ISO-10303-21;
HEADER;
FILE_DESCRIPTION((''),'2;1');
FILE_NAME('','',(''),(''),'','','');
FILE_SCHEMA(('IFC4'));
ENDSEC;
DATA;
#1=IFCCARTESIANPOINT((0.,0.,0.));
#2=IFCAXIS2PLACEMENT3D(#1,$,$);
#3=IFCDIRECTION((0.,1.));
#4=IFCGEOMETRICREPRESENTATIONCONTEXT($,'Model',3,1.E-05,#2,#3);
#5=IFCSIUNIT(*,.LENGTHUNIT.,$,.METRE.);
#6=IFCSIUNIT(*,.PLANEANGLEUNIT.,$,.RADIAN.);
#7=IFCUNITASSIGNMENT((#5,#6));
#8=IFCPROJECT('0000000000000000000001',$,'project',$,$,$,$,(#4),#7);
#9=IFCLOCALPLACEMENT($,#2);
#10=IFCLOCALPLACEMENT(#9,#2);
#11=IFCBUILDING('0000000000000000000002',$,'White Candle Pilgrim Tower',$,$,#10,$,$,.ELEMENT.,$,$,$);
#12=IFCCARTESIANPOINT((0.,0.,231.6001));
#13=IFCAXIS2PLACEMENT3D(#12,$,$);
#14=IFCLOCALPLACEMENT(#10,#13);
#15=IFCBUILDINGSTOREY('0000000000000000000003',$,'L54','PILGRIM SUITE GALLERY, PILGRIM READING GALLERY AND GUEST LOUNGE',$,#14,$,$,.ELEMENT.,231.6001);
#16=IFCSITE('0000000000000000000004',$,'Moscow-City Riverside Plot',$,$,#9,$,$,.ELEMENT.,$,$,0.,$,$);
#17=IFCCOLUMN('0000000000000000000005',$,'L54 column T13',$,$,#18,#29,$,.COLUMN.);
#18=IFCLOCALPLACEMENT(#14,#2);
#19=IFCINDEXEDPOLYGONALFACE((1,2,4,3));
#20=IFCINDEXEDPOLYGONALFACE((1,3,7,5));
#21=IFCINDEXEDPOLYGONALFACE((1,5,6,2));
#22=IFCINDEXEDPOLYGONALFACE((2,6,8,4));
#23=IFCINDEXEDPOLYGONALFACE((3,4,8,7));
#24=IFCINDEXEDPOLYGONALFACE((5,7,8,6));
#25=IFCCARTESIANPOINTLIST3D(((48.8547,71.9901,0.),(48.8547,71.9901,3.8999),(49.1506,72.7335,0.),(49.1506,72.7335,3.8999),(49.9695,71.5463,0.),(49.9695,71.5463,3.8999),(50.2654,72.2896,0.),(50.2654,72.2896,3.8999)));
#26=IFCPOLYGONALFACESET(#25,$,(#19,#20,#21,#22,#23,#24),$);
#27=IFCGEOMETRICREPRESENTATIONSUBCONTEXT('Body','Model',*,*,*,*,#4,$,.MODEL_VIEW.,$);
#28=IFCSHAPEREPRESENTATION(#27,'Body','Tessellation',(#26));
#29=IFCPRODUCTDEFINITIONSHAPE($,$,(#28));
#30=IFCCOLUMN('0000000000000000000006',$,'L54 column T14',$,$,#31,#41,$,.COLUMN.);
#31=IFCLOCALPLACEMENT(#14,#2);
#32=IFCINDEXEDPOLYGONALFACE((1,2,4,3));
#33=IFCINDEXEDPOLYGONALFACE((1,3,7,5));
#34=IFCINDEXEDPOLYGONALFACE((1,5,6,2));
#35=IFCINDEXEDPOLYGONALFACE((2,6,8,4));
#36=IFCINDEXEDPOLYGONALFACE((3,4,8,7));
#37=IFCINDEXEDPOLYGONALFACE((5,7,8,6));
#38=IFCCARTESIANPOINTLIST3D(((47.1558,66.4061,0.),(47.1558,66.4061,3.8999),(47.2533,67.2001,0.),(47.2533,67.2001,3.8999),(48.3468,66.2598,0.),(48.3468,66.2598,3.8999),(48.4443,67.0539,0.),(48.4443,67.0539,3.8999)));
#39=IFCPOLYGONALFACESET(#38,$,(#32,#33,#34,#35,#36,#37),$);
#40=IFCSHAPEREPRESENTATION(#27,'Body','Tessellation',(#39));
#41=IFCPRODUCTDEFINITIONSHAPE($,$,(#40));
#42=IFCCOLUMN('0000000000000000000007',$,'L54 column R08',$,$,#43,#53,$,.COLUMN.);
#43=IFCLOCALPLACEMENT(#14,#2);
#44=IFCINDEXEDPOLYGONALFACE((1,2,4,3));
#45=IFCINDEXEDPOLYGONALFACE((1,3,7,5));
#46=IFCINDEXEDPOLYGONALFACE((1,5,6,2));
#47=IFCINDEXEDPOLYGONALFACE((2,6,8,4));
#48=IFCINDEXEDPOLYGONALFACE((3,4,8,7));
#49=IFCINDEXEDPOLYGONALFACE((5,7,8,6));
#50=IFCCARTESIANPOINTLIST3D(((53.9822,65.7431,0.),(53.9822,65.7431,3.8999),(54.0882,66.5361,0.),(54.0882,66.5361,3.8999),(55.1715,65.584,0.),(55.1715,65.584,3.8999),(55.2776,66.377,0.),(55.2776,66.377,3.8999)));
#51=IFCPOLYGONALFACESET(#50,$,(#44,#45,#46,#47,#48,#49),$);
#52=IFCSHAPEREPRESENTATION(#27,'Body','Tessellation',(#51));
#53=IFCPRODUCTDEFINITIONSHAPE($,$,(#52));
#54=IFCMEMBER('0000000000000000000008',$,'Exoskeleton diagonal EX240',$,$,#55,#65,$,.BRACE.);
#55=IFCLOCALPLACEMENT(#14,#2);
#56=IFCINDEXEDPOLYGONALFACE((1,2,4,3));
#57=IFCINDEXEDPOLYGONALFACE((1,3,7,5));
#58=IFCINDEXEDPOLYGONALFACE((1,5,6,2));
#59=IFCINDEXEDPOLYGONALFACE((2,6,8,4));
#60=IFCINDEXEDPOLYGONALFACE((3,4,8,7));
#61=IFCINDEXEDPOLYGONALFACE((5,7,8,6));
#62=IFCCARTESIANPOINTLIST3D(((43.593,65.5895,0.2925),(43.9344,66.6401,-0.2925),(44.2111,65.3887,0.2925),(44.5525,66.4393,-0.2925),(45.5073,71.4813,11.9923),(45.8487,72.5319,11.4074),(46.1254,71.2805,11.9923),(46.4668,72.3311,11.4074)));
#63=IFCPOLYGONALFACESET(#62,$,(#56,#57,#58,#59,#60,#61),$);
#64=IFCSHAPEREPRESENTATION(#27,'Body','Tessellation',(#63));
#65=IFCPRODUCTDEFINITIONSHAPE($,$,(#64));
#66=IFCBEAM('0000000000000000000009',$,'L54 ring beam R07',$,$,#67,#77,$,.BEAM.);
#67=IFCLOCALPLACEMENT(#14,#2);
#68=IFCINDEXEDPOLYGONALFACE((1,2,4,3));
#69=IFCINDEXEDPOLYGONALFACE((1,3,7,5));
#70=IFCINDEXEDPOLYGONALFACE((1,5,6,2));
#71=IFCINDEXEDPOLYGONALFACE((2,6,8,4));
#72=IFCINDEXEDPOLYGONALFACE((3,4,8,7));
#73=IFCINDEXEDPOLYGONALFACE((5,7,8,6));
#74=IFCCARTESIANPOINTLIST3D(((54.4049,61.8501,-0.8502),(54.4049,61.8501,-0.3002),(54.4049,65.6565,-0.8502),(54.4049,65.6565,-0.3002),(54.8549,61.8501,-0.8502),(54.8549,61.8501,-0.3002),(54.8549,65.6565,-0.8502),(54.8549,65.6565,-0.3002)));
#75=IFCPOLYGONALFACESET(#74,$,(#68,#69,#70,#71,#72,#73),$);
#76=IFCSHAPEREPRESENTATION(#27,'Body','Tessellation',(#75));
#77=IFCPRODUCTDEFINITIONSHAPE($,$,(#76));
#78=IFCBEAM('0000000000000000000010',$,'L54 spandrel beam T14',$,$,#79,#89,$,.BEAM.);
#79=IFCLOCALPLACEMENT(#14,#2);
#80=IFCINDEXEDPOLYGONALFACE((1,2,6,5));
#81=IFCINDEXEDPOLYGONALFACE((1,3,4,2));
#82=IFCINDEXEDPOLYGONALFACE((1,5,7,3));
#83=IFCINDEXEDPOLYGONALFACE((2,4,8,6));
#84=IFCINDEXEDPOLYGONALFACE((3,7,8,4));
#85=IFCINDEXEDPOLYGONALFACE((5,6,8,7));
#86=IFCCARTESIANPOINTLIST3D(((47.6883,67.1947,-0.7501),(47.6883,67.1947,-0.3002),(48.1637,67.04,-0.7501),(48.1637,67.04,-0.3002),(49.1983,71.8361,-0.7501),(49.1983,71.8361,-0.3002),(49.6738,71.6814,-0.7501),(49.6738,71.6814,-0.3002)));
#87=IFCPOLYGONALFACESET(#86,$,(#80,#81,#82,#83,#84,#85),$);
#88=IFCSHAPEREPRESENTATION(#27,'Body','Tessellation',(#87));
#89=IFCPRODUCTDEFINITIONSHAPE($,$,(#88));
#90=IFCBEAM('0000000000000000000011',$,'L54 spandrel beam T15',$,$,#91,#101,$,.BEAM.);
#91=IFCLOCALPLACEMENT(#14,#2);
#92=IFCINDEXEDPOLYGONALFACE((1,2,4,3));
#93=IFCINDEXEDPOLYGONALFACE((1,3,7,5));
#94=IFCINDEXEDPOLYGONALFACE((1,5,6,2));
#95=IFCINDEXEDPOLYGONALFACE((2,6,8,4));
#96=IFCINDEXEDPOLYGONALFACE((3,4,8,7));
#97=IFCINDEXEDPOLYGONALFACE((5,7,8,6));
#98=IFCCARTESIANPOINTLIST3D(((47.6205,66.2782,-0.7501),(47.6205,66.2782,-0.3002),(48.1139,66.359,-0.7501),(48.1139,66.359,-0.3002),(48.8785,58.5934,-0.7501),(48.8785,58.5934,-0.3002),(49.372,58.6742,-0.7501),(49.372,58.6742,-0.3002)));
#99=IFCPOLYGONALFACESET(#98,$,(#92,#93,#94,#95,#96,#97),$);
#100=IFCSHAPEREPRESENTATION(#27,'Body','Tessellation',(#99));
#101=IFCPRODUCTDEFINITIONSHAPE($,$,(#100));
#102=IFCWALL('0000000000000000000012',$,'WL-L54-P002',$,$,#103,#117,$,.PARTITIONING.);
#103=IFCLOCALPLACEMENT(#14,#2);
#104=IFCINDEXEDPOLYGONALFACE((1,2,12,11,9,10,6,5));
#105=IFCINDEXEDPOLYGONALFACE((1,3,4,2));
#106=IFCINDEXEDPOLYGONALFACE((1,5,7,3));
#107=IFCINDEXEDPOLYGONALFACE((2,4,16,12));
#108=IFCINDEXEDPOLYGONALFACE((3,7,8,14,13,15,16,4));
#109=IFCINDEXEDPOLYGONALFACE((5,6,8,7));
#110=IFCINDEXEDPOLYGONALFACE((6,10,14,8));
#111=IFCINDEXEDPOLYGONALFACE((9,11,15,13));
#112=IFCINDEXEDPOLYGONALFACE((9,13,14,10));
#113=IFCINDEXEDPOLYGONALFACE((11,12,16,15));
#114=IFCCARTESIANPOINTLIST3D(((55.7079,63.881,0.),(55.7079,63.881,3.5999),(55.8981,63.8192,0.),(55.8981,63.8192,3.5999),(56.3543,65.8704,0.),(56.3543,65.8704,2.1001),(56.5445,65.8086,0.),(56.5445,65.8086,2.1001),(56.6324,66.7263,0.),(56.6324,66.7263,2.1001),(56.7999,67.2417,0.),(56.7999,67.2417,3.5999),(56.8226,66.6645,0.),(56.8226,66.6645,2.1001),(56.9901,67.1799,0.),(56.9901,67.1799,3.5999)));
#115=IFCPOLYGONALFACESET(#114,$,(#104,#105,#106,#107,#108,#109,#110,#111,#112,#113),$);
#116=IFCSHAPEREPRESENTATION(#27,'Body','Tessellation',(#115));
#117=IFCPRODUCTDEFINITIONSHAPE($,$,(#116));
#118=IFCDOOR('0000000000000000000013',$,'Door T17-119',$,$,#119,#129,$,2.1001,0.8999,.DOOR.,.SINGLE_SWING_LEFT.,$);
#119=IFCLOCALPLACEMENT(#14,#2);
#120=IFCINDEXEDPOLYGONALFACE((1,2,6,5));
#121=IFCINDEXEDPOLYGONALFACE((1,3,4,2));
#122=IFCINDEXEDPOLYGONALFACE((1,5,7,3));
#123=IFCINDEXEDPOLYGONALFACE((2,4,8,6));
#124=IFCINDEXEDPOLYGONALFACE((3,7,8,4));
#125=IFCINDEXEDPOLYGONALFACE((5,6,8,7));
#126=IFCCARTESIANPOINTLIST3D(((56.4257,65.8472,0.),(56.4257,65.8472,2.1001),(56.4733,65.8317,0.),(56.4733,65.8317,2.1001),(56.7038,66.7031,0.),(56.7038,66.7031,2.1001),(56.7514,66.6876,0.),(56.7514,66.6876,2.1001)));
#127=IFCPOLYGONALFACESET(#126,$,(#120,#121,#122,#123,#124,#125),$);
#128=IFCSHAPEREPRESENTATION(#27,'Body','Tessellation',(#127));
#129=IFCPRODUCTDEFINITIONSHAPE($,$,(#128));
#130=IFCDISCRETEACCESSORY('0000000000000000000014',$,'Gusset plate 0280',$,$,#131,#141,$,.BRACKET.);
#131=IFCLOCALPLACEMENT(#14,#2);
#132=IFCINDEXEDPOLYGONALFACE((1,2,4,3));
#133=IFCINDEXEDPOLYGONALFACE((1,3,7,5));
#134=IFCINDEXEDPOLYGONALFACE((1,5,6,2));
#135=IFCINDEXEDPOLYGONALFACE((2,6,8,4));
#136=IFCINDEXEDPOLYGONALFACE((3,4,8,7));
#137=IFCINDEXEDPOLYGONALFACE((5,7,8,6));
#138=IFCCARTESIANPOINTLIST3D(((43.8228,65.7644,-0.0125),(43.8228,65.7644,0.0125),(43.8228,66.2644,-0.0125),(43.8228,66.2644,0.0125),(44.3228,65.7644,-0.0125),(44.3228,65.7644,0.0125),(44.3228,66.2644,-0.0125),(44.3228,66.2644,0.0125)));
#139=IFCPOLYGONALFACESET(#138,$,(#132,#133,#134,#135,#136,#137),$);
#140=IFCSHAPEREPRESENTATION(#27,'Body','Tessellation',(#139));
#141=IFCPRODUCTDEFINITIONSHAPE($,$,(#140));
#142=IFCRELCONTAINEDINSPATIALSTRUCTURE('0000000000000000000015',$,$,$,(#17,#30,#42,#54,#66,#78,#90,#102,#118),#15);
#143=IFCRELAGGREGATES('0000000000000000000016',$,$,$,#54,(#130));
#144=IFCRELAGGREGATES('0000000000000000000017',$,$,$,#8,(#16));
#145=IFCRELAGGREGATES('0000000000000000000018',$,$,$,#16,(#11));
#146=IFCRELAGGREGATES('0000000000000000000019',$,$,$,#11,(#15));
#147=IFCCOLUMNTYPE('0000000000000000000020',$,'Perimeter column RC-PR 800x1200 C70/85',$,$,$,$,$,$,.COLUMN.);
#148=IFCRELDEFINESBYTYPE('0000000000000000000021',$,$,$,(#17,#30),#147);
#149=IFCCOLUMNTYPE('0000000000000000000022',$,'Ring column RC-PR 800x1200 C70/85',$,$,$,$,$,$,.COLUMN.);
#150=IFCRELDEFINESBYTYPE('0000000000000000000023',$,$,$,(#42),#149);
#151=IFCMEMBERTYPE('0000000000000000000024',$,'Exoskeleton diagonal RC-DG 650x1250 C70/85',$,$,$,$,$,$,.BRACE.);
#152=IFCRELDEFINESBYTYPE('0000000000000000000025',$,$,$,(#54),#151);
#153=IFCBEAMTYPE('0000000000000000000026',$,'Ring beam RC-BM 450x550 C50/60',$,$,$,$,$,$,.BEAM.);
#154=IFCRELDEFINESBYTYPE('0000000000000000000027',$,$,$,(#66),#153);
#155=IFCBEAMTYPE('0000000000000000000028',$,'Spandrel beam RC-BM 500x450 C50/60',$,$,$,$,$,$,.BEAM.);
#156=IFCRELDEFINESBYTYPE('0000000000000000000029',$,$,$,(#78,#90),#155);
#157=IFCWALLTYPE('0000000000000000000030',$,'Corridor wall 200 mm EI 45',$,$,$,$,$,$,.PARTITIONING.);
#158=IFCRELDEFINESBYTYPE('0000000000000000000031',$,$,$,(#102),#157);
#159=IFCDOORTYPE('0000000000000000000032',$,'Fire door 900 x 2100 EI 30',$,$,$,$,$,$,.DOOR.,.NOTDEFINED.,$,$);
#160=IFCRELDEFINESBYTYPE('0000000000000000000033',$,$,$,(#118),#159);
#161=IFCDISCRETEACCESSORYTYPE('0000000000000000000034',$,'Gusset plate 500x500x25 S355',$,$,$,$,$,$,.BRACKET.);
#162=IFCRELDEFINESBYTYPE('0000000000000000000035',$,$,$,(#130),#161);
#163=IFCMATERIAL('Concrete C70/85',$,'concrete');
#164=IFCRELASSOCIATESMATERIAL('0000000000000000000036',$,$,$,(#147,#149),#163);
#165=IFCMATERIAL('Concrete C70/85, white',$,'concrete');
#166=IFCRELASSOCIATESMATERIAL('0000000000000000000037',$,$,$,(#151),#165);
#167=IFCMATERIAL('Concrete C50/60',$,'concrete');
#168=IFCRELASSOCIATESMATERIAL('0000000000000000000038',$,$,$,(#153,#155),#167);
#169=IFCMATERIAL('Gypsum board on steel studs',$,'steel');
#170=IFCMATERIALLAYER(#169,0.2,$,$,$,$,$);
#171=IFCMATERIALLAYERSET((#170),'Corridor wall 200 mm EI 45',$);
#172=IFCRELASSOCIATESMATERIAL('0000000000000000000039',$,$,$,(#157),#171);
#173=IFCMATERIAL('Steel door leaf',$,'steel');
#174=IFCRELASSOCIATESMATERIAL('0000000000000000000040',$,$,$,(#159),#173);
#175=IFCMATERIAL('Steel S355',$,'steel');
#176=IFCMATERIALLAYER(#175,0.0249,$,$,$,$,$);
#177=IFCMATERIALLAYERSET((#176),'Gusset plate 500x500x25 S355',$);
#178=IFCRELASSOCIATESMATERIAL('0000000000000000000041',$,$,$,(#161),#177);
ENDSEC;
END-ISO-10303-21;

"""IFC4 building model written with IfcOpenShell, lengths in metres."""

from ifc_helpers import new_model, si_unit, direction, frame, frame_2d, origin, origin_2d, place, context, subcontext, project, spatial, rectangle, extrude, material, layer, layer_set, material_profile, profile_set, type_object, element, fill, aggregate, save


model = new_model("IFC4")

# Units and contexts
model_context = context("Model", 3, precision=1e-05, world=origin(), true_north=direction((0.0, 1.0)))
body_context = subcontext(model_context, "Body", "Model", "MODEL_VIEW")
ifc_project = project(units=[si_unit("LENGTHUNIT", "METRE"), si_unit("PLANEANGLEUNIT", "RADIAN")], contexts=[model_context])

# Site, building, storey
site_placement = place(None, origin())
site = spatial("IfcSite", under=ifc_project, at=site_placement, Name="Moscow-City Riverside Plot", CompositionType="ELEMENT", RefElevation=0.0)
building_placement = place(site_placement, origin())
building = spatial("IfcBuilding", under=site, at=building_placement, Name="White Candle Pilgrim Tower", CompositionType="ELEMENT")
storey_placement = place(building_placement, frame((0.0, 0.0, 231.6001)))
storey = spatial("IfcBuildingStorey", under=building, at=storey_placement, Name="L54", Description="PILGRIM SUITE GALLERY, PILGRIM READING GALLERY AND GUEST LOUNGE", CompositionType="ELEMENT", Elevation=231.6001)

# Columns
ifc_material_1 = material(Name="Concrete C70/85", Category="concrete")
ifc_material_profile_1 = material_profile(ifc_material_1, rectangle(XDim=0.8, YDim=1.2, at=origin_2d()), Name="RC-PR 800x1200")
ifc_profile_set_1 = profile_set([ifc_material_profile_1], Name="Concrete C70/85")
column_type_1 = type_object("IfcColumnType", Name="Perimeter column RC-PR 800x1200 C70/85", PredefinedType="COLUMN", material=ifc_profile_set_1)
for number, where, z_axis, x_axis, name in (
    (1, (49.5601, 72.1399, 0.0), (0.0, 0.0, 1.0), (0.36986, 0.929087, 0.0), "L54 column T13"),
    (2, (47.8, 66.73, 0.0), (0.0, 0.0, 1.0), (0.121869, 0.992546, 0.0), "L54 column T14"),
):
    element("IfcColumn", number, at=place(storey_placement, frame(where, z_axis=z_axis, x_axis=x_axis)), inside=storey, type_object=column_type_1, Name=name, PredefinedType="COLUMN", context=body_context, shape_type="SweptSolid", body=[
        extrude(rectangle(XDim=0.8, YDim=1.2, at=origin_2d()), origin(), (0.0, 0.0, 1.0), 3.8999),
    ])
ifc_material_profile_2 = material_profile(ifc_material_1, rectangle(XDim=0.8, YDim=1.2, at=origin_2d()), Name="RC-PR 800x1200")
ifc_profile_set_2 = profile_set([ifc_material_profile_2], Name="Concrete C70/85")
column_type_2 = type_object("IfcColumnType", Name="Ring column RC-PR 800x1200 C70/85", PredefinedType="COLUMN", material=ifc_profile_set_2)
column_placement = place(storey_placement, frame((54.6299, 66.0601, 0.0), z_axis=(0.0, 0.0, 1.0), x_axis=(0.132602, 0.991169, 0.0)))
element("IfcColumn", 3, at=column_placement, inside=storey, type_object=column_type_2, Name="L54 column R08", PredefinedType="COLUMN", context=body_context, shape_type="SweptSolid", body=[
    extrude(rectangle(XDim=0.8, YDim=1.2, at=origin_2d()), origin(), (0.0, 0.0, 1.0), 3.8999),
])

# Member
ifc_material_2 = material(Name="Concrete C70/85, white", Category="concrete")
ifc_material_profile_3 = material_profile(ifc_material_2, rectangle(XDim=0.6499, YDim=1.25, at=origin_2d()), Name="RC-DG 650x1250")
ifc_profile_set_3 = profile_set([ifc_material_profile_3], Name="Concrete C70/85, white")
member_type = type_object("IfcMemberType", Name="Exoskeleton diagonal RC-DG 650x1250 C70/85", PredefinedType="BRACE", material=ifc_profile_set_3)
member_placement = place(storey_placement, frame((44.0728, 66.0144, 0.0), z_axis=(0.144598, 0.445042, 0.883759), x_axis=(-0.95106, 0.309007, 0.0)))
member = element("IfcMember", 4, at=member_placement, inside=storey, type_object=member_type, Name="Exoskeleton diagonal EX240", PredefinedType="BRACE", context=body_context, shape_type="SweptSolid", body=[
    extrude(rectangle(XDim=0.6499, YDim=1.25, at=origin_2d()), origin(), (0.0, 0.0, 1.0), 13.2388),
])

# Beams
ifc_material_3 = material(Name="Concrete C50/60", Category="concrete")
ifc_material_profile_4 = material_profile(ifc_material_3, rectangle(XDim=0.45, YDim=0.55, at=origin_2d()), Name="RC-BM 450x550")
ifc_profile_set_4 = profile_set([ifc_material_profile_4], Name="Concrete C50/60")
beam_type_1 = type_object("IfcBeamType", Name="Ring beam RC-BM 450x550 C50/60", PredefinedType="BEAM", material=ifc_profile_set_4)
beam_1_placement = place(storey_placement, frame((54.6299, 65.6565, -0.5752), z_axis=(0.0, -1.0, 0.0), x_axis=(1.0, 0.0, 0.0)))
element("IfcBeam", 5, at=beam_1_placement, inside=storey, type_object=beam_type_1, Name="L54 ring beam R07", PredefinedType="BEAM", context=body_context, shape_type="SweptSolid", body=[
    extrude(rectangle(XDim=0.45, YDim=0.55, at=origin_2d()), origin(), (0.0, 0.0, 1.0), 3.8064),
])
ifc_material_profile_5 = material_profile(ifc_material_3, rectangle(XDim=0.5, YDim=0.45, at=origin_2d()), Name="RC-BM 500x450")
ifc_profile_set_5 = profile_set([ifc_material_profile_5], Name="Concrete C50/60")
beam_type_2 = type_object("IfcBeamType", Name="Spandrel beam RC-BM 500x450 C50/60", PredefinedType="BEAM", material=ifc_profile_set_5)
beam_2_placement = place(storey_placement, frame((49.436, 71.7588, -0.5251), z_axis=(-0.309377, -0.95094, 0.0), x_axis=(0.95094, -0.309377, 0.0)))
element("IfcBeam", 6, at=beam_2_placement, inside=storey, type_object=beam_type_2, Name="L54 spandrel beam T14", PredefinedType="BEAM", context=body_context, shape_type="SweptSolid", body=[
    extrude(rectangle(XDim=0.5, YDim=0.45, at=origin_2d()), origin(), (0.0, 0.0, 1.0), 4.8809),
])
beam_3_placement = place(storey_placement, frame((47.8672, 66.3186, -0.5251), z_axis=(0.161556, -0.986863, 0.0), x_axis=(0.986863, 0.161556, 0.0)))
element("IfcBeam", 7, at=beam_3_placement, inside=storey, type_object=beam_type_2, Name="L54 spandrel beam T15", PredefinedType="BEAM", context=body_context, shape_type="SweptSolid", body=[
    extrude(rectangle(XDim=0.5, YDim=0.45, at=origin_2d()), origin(), (0.0, 0.0, 1.0), 7.7871),
])

# Wall, opening, door
ifc_material_4 = material(Name="Gypsum board on steel studs", Category="steel")
ifc_layer_1 = layer(ifc_material_4, 0.2)
ifc_layer_set_1 = layer_set([ifc_layer_1], Name="Corridor wall 200 mm EI 45")
wall_type_1 = type_object("IfcWallType", Name="Corridor wall 200 mm EI 45", PredefinedType="PARTITIONING", material=ifc_layer_set_1)
wall_1_placement = place(storey_placement, frame((55.803, 63.8501, 0.0), z_axis=(0.0, 0.0, 1.0), x_axis=(0.309027, 0.951053, 0.0)))
wall_1 = element("IfcWall", 8, at=wall_1_placement, inside=storey, type_object=wall_type_1, Name="WL-L54-P002", PredefinedType="PARTITIONING", context=body_context, shape_type="SweptSolid", body=[
    extrude(rectangle(XDim=3.5337, YDim=0.2, at=frame_2d((1.7668, 0.0))), origin(), (0.0, 0.0, 1.0), 3.5999),
])
opening_1_placement = place(wall_1_placement, frame((2.0918, 0.0, 0.0)))
opening_1 = element("IfcOpeningElement", 9, at=opening_1_placement, cuts=wall_1, PredefinedType="OPENING", context=body_context, shape_type="SweptSolid", body=[
    extrude(rectangle(XDim=0.8999, YDim=2.1001, at=frame_2d((0.45, 1.05))), frame((0.0, 0.1099, 0.0), z_axis=(0.0, -1.0, 0.0), x_axis=(1.0, 0.0, 0.0)), (0.0, 0.0, 1.0), 0.22),
])
ifc_material_5 = material(Name="Steel door leaf", Category="steel")
door_type_1 = type_object("IfcDoorType", Name="Fire door 900 x 2100 EI 30", OperationType="NOTDEFINED", PredefinedType="DOOR", material=ifc_material_5)
door_1_placement = place(opening_1_placement, origin())
door_1 = element("IfcDoor", 10, at=door_1_placement, inside=storey, type_object=door_type_1, Name="Door T17-119", OperationType="SINGLE_SWING_LEFT", OverallHeight=2.1001, OverallWidth=0.8999, PredefinedType="DOOR", context=body_context, shape_type="SweptSolid", body=[
    extrude(rectangle(XDim=0.8999, YDim=2.1001, at=frame_2d((0.45, 1.05))), frame((0.0, 0.0249, 0.0), z_axis=(0.0, -1.0, 0.0), x_axis=(1.0, 0.0, 0.0)), (0.0, 0.0, 1.0), 0.05),
])
fill(opening_1, door_1)

# Discrete accessory
ifc_material_6 = material(Name="Steel S355", Category="steel")
ifc_layer_2 = layer(ifc_material_6, 0.0249)
ifc_layer_set_2 = layer_set([ifc_layer_2], Name="Gusset plate 500x500x25 S355")
discrete_accessory_type = type_object("IfcDiscreteAccessoryType", Name="Gusset plate 500x500x25 S355", PredefinedType="BRACKET", material=ifc_layer_set_2)
discrete_accessory_placement = place(storey_placement, frame((44.0728, 66.0144, -0.0125), z_axis=(0.0, 0.0, 1.0), x_axis=(1.0, 0.0, 0.0)))
discrete_accessory = element("IfcDiscreteAccessory", 11, at=discrete_accessory_placement, type_object=discrete_accessory_type, Name="Gusset plate 0280", PredefinedType="BRACKET", context=body_context, shape_type="SweptSolid", body=[
    extrude(rectangle(XDim=0.5, YDim=0.5, at=origin_2d()), origin(), (0.0, 0.0, 1.0), 0.0249),
])
aggregate(member, [discrete_accessory])

save(model, "model.ifc")
